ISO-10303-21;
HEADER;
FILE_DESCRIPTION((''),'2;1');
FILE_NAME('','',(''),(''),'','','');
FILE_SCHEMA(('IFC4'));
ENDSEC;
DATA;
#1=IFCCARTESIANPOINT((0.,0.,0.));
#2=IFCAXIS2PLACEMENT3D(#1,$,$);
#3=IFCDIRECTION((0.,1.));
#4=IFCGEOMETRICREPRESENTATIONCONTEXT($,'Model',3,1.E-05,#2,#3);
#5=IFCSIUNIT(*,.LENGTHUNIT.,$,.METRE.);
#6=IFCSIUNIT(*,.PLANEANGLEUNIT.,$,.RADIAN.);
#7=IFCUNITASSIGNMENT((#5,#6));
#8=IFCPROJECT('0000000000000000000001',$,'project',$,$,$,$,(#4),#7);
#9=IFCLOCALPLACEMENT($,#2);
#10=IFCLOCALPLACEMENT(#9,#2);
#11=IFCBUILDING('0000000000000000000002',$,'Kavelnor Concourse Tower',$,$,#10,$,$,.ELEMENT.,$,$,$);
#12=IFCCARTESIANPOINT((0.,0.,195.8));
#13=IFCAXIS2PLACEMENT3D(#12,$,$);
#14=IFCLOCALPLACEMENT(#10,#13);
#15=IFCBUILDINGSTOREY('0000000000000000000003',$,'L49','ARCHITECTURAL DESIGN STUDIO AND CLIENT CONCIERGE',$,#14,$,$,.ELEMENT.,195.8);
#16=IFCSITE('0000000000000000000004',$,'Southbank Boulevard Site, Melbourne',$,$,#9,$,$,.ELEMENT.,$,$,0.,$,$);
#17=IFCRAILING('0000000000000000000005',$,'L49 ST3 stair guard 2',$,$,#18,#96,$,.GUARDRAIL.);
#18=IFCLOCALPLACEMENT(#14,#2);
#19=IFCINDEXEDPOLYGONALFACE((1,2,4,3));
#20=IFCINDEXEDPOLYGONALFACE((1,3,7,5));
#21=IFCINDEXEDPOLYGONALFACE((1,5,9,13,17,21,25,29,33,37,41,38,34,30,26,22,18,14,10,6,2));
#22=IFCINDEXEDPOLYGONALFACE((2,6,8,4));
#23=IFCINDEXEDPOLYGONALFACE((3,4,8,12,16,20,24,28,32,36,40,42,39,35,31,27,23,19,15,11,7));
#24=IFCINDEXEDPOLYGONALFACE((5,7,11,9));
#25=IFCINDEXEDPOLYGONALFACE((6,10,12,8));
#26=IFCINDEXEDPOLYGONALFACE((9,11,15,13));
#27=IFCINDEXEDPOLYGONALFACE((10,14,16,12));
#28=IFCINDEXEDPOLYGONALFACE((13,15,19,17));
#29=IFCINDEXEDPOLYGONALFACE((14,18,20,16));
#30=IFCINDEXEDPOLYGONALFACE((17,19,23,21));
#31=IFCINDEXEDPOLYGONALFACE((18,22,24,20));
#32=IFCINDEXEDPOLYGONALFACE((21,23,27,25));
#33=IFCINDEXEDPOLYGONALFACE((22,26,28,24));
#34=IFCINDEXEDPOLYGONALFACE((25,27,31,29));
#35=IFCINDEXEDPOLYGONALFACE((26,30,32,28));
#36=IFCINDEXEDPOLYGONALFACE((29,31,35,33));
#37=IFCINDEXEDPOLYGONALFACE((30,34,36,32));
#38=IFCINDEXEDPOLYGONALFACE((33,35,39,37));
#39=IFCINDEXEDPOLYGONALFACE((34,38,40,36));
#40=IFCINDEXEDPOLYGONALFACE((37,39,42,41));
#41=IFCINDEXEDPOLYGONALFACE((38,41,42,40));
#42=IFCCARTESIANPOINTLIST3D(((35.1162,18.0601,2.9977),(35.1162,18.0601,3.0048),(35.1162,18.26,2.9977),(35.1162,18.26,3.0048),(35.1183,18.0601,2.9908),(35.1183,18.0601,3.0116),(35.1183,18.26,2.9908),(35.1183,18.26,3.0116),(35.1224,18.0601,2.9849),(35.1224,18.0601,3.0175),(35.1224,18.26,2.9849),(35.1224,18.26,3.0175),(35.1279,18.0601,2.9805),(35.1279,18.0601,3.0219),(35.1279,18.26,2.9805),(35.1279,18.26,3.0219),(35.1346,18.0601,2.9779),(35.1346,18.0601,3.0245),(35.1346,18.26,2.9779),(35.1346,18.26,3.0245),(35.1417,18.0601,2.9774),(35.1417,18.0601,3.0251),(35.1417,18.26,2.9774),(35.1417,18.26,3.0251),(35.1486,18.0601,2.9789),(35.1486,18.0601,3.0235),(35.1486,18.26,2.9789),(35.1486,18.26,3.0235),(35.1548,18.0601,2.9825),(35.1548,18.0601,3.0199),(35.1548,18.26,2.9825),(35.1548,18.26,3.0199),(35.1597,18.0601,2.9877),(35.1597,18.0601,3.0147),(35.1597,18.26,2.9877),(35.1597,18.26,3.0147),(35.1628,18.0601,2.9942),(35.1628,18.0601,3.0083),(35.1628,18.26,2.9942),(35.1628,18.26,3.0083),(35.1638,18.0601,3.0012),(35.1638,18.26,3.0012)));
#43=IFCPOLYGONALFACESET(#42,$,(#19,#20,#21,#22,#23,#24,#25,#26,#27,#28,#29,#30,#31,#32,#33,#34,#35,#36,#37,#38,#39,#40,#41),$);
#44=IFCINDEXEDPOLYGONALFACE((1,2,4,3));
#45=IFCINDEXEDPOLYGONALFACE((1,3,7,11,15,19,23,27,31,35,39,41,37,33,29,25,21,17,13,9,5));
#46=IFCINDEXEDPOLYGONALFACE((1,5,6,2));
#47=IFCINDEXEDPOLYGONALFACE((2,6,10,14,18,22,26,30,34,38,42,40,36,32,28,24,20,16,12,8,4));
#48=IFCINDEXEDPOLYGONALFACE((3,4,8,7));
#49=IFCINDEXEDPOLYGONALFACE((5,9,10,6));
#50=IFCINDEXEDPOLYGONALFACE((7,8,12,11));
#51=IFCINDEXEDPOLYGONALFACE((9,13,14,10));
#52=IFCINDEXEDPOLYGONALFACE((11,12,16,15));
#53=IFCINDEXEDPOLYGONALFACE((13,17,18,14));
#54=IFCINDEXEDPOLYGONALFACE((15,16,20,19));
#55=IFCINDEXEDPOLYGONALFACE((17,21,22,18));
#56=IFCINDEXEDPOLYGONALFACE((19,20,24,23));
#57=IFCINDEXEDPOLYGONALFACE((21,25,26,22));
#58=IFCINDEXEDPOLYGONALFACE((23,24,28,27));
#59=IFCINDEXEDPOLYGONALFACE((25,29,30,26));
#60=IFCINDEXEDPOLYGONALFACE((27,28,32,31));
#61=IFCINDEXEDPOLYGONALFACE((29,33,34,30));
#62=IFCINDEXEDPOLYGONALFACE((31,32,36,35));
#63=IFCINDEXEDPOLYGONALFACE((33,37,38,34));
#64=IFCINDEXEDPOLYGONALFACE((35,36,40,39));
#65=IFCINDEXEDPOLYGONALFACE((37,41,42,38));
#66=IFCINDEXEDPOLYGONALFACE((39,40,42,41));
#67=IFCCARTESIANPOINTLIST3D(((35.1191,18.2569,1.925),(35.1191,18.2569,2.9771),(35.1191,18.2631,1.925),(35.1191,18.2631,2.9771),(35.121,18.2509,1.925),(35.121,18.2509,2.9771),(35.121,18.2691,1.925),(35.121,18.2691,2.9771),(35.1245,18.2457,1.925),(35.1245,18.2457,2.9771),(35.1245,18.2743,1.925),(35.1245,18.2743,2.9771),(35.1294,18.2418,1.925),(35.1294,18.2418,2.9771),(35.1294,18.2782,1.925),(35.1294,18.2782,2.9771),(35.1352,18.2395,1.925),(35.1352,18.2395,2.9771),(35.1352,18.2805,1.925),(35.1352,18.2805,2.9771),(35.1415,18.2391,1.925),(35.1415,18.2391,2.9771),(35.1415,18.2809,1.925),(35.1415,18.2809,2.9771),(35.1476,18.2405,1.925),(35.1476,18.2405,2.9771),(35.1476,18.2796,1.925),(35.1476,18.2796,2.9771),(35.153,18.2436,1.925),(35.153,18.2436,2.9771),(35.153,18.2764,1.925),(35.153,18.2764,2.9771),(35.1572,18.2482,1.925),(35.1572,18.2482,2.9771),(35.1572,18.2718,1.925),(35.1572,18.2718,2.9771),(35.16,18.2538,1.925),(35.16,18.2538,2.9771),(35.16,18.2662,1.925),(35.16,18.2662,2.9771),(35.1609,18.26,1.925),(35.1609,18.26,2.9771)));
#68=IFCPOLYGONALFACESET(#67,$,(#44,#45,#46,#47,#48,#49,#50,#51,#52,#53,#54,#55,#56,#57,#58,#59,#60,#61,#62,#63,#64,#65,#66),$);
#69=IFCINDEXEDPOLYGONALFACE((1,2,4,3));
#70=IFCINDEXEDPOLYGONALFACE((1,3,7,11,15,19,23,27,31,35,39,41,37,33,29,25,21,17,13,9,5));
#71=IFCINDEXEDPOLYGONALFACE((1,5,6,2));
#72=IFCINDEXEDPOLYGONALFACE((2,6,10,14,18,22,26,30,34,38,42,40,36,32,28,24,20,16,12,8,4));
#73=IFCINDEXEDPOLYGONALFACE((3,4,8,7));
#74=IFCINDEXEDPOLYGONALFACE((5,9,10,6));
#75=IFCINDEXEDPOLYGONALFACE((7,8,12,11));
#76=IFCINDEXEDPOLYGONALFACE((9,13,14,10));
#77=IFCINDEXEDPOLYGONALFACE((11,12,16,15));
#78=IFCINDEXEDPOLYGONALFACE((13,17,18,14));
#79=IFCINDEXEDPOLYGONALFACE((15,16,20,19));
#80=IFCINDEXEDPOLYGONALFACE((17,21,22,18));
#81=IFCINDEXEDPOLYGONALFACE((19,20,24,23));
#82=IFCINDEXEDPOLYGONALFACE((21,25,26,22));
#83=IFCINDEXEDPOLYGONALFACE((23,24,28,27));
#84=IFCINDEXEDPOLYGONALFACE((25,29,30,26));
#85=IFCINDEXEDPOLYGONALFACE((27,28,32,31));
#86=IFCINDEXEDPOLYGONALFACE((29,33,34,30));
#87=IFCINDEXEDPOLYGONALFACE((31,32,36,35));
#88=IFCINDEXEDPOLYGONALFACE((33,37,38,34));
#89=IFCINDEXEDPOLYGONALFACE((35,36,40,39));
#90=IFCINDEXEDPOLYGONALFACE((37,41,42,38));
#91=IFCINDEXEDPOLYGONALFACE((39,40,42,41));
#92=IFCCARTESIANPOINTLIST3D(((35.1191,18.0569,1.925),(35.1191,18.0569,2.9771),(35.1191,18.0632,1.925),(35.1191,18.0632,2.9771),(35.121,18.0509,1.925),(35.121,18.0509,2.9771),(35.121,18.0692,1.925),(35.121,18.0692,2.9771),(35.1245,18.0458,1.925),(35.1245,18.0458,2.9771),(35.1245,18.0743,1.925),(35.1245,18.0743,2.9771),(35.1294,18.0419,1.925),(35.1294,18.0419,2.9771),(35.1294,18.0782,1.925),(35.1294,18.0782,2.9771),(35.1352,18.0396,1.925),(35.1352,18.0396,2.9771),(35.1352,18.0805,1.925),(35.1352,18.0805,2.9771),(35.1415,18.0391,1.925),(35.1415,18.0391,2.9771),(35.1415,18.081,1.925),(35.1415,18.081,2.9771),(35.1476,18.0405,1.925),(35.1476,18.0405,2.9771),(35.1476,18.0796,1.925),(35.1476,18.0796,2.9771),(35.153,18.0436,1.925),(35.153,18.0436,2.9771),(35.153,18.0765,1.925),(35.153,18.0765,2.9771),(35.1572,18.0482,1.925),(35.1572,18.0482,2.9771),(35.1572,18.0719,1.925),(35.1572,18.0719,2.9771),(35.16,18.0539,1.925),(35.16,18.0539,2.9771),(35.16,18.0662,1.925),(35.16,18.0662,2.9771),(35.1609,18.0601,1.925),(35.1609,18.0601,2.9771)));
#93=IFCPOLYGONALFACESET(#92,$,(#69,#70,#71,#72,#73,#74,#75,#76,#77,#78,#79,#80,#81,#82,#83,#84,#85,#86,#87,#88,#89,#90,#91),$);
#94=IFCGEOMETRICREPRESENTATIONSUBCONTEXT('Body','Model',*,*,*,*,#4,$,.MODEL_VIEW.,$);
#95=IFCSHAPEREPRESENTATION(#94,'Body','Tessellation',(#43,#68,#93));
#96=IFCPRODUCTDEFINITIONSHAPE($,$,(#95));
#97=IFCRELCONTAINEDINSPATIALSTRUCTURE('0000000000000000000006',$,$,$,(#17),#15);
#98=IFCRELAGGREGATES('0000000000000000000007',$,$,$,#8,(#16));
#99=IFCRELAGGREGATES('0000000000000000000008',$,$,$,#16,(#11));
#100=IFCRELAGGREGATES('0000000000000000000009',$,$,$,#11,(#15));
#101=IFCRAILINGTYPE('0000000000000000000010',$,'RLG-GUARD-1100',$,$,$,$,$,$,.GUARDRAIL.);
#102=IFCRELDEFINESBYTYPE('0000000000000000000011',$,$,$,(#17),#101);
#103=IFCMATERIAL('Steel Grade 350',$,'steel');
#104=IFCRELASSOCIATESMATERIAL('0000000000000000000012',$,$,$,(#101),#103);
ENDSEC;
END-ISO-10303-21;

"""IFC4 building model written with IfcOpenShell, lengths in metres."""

from ifc_helpers import new_model, si_unit, direction, frame, origin, origin_2d, place, context, subcontext, project, spatial, circle, extrude, material, type_object, element, save


model = new_model("IFC4")

# Units and contexts
model_context = context("Model", 3, precision=1e-05, world=origin(), true_north=direction((0.0, 1.0)))
body_context = subcontext(model_context, "Body", "Model", "MODEL_VIEW")
ifc_project = project(units=[si_unit("LENGTHUNIT", "METRE"), si_unit("PLANEANGLEUNIT", "RADIAN")], contexts=[model_context])

# Site, building, storey
site_placement = place(None, origin())
site = spatial("IfcSite", under=ifc_project, at=site_placement, Name="Southbank Boulevard Site, Melbourne", CompositionType="ELEMENT", RefElevation=0.0)
building_placement = place(site_placement, origin())
building = spatial("IfcBuilding", under=site, at=building_placement, Name="Kavelnor Concourse Tower", CompositionType="ELEMENT")
storey_placement = place(building_placement, frame((0.0, 0.0, 195.8)))
storey = spatial("IfcBuildingStorey", under=building, at=storey_placement, Name="L49", Description="ARCHITECTURAL DESIGN STUDIO AND CLIENT CONCIERGE", CompositionType="ELEMENT", Elevation=195.8)

# Shared definitions
ifc_material_1 = material(Name="Steel Grade 350", Category="steel")

# Railing
railing_type = type_object("IfcRailingType", Name="RLG-GUARD-1100", PredefinedType="GUARDRAIL", material=ifc_material_1)
railing_1_placement = place(storey_placement, frame((35.1399, 18.26, 1.925)))
element("IfcRailing", 1, at=railing_1_placement, inside=storey, type_object=railing_type, Name="L49 ST3 stair guard 2", PredefinedType="GUARDRAIL", context=body_context, shape_type="SweptSolid", body=[
    extrude(circle(Radius=0.0239, at=origin_2d()), frame((0.0, 0.0, 1.0762), z_axis=(0.0, -1.0, 0.0), x_axis=(1.0, 0.0, 0.0)), (0.0, 0.0, 1.0), 0.2),
    extrude(circle(Radius=0.021, at=origin_2d()), origin(), (0.0, 0.0, 1.0), 1.052),
    extrude(circle(Radius=0.021, at=origin_2d()), frame((0.0, -0.2, 0.0)), (0.0, 0.0, 1.0), 1.052),
])

save(model, "model.ifc")
